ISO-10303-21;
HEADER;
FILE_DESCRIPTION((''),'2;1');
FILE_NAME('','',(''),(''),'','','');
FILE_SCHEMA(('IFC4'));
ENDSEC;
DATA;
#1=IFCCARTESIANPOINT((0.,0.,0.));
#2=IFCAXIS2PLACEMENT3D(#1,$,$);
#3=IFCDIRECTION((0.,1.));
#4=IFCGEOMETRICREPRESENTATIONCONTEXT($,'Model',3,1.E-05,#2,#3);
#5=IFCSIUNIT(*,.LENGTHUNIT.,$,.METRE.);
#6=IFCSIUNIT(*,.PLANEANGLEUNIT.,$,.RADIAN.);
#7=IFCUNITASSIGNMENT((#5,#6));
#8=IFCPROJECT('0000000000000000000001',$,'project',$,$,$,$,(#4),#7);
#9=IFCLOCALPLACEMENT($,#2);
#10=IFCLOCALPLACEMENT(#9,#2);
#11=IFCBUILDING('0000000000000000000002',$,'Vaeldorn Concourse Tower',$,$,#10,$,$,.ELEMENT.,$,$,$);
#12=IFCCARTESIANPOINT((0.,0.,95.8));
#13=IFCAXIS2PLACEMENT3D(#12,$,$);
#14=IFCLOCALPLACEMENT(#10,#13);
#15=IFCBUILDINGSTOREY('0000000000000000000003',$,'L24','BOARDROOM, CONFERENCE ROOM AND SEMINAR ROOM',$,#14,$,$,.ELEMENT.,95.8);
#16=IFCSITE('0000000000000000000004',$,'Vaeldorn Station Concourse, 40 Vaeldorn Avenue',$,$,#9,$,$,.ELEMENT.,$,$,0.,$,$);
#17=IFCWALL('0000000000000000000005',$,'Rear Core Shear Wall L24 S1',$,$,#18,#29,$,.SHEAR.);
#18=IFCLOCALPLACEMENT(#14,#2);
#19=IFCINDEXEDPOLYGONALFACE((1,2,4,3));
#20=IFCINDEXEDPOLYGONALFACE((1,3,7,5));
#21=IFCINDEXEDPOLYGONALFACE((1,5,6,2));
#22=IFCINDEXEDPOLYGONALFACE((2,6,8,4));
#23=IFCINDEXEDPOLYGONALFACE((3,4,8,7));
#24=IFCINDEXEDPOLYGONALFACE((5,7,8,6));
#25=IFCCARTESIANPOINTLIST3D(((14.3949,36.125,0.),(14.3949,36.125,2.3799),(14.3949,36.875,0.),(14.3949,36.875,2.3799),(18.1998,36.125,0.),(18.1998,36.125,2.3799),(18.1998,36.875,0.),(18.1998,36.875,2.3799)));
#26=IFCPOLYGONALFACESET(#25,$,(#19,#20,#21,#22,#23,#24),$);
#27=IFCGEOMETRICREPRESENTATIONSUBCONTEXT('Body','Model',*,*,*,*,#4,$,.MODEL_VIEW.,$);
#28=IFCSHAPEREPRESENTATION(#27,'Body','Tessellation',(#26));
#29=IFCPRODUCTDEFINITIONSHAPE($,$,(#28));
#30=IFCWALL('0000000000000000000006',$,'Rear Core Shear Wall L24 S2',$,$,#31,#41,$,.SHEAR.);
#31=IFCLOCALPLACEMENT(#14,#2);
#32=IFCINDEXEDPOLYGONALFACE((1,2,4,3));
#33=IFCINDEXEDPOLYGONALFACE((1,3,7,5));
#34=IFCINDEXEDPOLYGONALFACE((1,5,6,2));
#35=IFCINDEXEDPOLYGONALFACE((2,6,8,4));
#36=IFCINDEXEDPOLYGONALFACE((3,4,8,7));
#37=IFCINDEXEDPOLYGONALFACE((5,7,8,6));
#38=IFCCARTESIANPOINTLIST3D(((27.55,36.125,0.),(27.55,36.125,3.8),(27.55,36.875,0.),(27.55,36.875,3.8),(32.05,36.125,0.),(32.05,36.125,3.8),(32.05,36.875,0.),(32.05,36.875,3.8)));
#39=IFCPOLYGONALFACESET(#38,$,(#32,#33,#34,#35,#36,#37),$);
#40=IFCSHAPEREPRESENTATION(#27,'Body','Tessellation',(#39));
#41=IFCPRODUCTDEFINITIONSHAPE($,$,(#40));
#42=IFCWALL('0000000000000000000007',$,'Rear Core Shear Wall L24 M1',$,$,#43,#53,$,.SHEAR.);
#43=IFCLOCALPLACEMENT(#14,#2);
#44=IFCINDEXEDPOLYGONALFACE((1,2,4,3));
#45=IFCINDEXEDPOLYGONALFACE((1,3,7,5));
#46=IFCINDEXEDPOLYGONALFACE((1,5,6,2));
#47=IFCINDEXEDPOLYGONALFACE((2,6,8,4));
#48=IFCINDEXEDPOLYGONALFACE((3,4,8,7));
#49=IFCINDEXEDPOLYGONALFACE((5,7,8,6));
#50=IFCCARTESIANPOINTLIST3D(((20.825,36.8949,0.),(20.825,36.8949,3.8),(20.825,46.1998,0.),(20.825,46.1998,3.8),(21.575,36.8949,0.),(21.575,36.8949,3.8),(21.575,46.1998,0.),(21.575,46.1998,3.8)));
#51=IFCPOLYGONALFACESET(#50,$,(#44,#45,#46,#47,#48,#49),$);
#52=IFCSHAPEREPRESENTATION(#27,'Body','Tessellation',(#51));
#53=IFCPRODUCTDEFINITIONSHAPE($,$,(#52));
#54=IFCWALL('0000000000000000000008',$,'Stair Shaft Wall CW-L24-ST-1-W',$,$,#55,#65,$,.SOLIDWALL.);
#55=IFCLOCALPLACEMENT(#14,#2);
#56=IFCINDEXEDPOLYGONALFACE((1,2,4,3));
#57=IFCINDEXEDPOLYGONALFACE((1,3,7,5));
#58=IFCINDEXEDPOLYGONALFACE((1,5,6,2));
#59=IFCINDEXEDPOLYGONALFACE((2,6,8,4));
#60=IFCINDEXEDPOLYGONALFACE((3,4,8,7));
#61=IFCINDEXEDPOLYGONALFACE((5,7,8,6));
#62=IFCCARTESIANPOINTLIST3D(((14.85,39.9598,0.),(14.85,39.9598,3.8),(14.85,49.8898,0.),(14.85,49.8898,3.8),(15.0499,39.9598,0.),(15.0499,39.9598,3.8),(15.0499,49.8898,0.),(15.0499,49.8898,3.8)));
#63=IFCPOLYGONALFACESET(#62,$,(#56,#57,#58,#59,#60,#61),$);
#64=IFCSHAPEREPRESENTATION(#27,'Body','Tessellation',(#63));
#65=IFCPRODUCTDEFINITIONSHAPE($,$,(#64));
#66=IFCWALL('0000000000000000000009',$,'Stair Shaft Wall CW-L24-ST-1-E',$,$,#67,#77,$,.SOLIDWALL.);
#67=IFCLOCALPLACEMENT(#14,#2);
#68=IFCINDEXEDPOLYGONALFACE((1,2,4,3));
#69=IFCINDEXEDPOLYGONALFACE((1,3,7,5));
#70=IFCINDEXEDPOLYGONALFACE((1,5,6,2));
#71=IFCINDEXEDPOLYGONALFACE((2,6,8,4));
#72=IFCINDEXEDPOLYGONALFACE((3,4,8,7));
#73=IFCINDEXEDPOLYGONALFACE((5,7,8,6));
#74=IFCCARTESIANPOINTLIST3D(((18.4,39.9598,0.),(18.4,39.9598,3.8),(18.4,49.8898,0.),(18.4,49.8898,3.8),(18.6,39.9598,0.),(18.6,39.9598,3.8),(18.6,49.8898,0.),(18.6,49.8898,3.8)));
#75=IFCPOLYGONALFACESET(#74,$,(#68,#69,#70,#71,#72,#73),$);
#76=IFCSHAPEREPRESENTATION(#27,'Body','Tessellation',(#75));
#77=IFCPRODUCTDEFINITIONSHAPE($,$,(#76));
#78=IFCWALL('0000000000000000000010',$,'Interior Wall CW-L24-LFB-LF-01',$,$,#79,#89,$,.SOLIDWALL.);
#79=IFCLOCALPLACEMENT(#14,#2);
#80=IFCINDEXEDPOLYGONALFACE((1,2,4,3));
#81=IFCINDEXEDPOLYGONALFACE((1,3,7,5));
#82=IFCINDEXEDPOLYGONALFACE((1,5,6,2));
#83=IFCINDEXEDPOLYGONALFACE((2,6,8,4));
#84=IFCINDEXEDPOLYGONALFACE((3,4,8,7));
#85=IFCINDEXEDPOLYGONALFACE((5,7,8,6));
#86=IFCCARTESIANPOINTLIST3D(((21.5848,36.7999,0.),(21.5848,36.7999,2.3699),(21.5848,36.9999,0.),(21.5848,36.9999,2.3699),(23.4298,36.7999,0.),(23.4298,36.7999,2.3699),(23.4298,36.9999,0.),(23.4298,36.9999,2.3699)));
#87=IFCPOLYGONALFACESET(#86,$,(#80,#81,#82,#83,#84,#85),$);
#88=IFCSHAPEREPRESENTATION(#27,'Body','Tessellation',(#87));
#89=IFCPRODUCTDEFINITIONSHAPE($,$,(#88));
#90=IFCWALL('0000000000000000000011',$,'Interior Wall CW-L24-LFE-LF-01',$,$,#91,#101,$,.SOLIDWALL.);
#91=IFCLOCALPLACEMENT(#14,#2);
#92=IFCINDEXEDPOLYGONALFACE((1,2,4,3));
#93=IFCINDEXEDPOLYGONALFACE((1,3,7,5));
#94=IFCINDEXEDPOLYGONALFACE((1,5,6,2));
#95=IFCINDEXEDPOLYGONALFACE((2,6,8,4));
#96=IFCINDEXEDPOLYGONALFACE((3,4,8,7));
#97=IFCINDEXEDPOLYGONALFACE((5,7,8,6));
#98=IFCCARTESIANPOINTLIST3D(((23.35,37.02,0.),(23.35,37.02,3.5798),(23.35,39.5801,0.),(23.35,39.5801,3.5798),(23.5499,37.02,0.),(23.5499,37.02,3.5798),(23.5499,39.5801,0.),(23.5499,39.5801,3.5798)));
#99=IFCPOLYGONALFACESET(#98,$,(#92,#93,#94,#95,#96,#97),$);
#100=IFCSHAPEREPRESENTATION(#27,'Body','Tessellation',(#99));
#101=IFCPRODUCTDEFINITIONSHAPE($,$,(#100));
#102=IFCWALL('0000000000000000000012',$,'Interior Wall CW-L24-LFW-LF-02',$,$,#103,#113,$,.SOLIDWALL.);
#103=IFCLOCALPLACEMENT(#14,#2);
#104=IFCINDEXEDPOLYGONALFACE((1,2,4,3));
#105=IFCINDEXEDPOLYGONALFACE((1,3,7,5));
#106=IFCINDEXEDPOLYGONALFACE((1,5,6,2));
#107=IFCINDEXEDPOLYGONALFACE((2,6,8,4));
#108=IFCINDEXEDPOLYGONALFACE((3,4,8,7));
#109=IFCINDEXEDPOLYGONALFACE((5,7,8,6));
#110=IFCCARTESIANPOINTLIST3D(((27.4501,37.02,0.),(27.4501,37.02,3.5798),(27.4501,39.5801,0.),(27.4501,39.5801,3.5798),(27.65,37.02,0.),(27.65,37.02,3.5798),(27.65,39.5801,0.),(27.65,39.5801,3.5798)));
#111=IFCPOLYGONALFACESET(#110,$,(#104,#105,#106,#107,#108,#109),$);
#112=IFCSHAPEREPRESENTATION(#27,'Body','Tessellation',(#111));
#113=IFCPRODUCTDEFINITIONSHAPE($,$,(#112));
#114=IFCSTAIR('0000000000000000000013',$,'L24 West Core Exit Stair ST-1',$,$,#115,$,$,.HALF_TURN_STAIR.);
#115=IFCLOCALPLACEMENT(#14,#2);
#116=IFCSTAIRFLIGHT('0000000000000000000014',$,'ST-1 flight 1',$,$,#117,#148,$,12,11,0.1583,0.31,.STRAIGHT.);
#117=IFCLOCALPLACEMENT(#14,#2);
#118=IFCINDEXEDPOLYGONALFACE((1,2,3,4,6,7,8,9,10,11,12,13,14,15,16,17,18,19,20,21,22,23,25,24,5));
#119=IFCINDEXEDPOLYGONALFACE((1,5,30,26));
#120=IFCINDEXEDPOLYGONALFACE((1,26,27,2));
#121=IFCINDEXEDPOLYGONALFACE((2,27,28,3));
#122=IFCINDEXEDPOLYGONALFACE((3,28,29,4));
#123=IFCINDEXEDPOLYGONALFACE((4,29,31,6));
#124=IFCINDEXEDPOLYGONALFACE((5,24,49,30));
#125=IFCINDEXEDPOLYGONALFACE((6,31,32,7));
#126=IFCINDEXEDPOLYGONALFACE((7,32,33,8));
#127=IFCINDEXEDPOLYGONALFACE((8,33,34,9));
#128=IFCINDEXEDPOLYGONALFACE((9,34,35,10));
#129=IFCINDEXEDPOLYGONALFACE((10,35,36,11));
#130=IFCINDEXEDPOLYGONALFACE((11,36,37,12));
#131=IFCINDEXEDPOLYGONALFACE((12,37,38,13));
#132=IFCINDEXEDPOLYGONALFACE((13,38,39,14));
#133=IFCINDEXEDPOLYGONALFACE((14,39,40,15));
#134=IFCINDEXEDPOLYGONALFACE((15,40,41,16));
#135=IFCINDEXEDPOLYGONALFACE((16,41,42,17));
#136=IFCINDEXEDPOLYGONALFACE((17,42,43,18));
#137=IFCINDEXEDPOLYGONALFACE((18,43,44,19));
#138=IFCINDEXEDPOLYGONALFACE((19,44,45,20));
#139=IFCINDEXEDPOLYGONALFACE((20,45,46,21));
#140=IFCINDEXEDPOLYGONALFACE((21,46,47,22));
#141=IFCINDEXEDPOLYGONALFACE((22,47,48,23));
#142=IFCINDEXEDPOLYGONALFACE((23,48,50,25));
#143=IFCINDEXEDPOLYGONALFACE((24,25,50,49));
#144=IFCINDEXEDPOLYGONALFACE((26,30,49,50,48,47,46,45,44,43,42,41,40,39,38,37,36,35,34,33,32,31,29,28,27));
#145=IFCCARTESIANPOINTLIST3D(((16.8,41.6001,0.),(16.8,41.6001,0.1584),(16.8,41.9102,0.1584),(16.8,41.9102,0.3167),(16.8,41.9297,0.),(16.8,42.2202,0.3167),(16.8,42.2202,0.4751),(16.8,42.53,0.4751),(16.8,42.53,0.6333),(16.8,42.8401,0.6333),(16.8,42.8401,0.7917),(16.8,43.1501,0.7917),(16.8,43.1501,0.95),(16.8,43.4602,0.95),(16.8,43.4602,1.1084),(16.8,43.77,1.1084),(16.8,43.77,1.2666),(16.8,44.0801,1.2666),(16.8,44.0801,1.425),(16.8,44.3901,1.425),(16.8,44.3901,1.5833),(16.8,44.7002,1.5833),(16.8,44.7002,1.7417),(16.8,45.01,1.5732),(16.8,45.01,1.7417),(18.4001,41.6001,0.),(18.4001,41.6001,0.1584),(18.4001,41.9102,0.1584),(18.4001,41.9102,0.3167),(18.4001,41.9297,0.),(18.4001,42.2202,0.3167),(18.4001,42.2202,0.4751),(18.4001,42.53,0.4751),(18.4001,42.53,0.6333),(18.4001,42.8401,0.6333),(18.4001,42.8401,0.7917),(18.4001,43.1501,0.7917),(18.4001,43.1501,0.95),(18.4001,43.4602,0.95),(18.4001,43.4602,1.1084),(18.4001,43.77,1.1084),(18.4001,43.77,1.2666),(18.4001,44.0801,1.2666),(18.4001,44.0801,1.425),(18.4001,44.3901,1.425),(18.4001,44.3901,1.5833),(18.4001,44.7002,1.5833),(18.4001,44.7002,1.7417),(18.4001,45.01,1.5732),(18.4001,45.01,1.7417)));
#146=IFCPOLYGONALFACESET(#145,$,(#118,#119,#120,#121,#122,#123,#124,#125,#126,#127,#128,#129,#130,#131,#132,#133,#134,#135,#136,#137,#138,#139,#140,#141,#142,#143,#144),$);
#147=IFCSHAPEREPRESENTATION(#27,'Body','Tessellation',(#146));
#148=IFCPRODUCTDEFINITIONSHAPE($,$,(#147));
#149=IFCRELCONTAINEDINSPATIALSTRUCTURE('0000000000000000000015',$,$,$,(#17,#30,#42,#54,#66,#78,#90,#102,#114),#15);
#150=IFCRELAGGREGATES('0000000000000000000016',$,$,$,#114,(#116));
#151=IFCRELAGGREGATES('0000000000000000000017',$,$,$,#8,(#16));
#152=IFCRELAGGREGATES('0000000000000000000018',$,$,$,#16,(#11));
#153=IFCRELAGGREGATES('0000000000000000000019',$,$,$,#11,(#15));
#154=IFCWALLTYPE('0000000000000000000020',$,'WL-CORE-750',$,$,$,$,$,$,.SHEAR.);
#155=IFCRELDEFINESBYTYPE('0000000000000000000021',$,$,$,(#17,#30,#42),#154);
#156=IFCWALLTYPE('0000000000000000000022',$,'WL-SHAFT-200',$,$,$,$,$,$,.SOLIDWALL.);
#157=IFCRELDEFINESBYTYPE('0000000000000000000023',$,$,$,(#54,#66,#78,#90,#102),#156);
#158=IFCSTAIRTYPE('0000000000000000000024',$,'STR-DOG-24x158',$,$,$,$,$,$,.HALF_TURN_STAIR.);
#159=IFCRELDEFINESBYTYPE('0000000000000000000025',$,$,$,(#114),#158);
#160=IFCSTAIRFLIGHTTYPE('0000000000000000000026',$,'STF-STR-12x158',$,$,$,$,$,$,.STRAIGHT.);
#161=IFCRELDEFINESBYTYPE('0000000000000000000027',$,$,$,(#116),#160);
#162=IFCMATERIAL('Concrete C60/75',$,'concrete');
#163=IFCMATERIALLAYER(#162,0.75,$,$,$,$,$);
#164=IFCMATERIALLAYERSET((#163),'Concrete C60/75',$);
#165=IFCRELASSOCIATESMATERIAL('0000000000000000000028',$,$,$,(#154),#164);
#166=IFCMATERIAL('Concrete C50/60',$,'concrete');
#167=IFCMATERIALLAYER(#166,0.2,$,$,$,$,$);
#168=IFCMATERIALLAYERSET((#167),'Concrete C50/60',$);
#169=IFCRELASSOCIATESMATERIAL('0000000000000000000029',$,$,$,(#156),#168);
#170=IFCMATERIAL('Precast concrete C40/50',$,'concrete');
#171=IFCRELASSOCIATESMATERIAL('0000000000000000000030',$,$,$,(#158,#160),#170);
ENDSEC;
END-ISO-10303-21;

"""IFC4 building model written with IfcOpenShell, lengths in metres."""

from ifc_helpers import new_model, si_unit, direction, frame, frame_2d, origin, place, context, subcontext, project, spatial, polyline, rectangle, outline, extrude, material, layer, layer_set, type_object, element, aggregate, save


model = new_model("IFC4")

# Units and contexts
model_context = context("Model", 3, precision=1e-05, world=origin(), true_north=direction((0.0, 1.0)))
body_context = subcontext(model_context, "Body", "Model", "MODEL_VIEW")
ifc_project = project(units=[si_unit("LENGTHUNIT", "METRE"), si_unit("PLANEANGLEUNIT", "RADIAN")], contexts=[model_context])

# Site, building, storey
site_placement = place(None, origin())
site = spatial("IfcSite", under=ifc_project, at=site_placement, Name="Vaeldorn Station Concourse, 40 Vaeldorn Avenue", CompositionType="ELEMENT", RefElevation=0.0)
building_placement = place(site_placement, origin())
building = spatial("IfcBuilding", under=site, at=building_placement, Name="Vaeldorn Concourse Tower", CompositionType="ELEMENT")
storey_placement = place(building_placement, frame((0.0, 0.0, 95.8)))
storey = spatial("IfcBuildingStorey", under=building, at=storey_placement, Name="L24", Description="BOARDROOM, CONFERENCE ROOM AND SEMINAR ROOM", CompositionType="ELEMENT", Elevation=95.8)

# Walls
ifc_material_1 = material(Name="Concrete C60/75", Category="concrete")
ifc_layer_1 = layer(ifc_material_1, 0.75)
ifc_layer_set_1 = layer_set([ifc_layer_1], Name="Concrete C60/75")
wall_type_1 = type_object("IfcWallType", Name="WL-CORE-750", PredefinedType="SHEAR", material=ifc_layer_set_1)
wall_1_placement = place(storey_placement, frame((14.395, 36.5, 0.0), z_axis=(0.0, 0.0, 1.0), x_axis=(1.0, 0.0, 0.0)))
element("IfcWall", 1, at=wall_1_placement, inside=storey, type_object=wall_type_1, Name="Rear Core Shear Wall L24 S1", PredefinedType="SHEAR", context=body_context, shape_type="SweptSolid", body=[
    extrude(rectangle(XDim=3.8049, YDim=0.75, at=frame_2d((1.9023, 0.0))), origin(), (0.0, 0.0, 1.0), 2.3799),
])
wall_2_placement = place(storey_placement, frame((27.55, 36.5, 0.0), z_axis=(0.0, 0.0, 1.0), x_axis=(1.0, 0.0, 0.0)))
element("IfcWall", 2, at=wall_2_placement, inside=storey, type_object=wall_type_1, Name="Rear Core Shear Wall L24 S2", PredefinedType="SHEAR", context=body_context, shape_type="SweptSolid", body=[
    extrude(rectangle(XDim=4.5, YDim=0.75, at=frame_2d((2.25, 0.0))), origin(), (0.0, 0.0, 1.0), 3.8),
])
wall_3_placement = place(storey_placement, frame((21.2, 36.895, 0.0), z_axis=(0.0, 0.0, 1.0), x_axis=(0.0, 1.0, 0.0)))
element("IfcWall", 3, at=wall_3_placement, inside=storey, type_object=wall_type_1, Name="Rear Core Shear Wall L24 M1", PredefinedType="SHEAR", context=body_context, shape_type="SweptSolid", body=[
    extrude(rectangle(XDim=9.3049, YDim=0.75, at=frame_2d((4.6523, 0.0))), origin(), (0.0, 0.0, 1.0), 3.8),
])
ifc_material_2 = material(Name="Concrete C50/60", Category="concrete")
ifc_layer_2 = layer(ifc_material_2, 0.2)
ifc_layer_set_2 = layer_set([ifc_layer_2], Name="Concrete C50/60")
wall_type_2 = type_object("IfcWallType", Name="WL-SHAFT-200", PredefinedType="SOLIDWALL", material=ifc_layer_set_2)
for number, where, z_axis, x_axis, name in (
    (4, (14.95, 39.96, 0.0), (0.0, 0.0, 1.0), (0.0, 1.0, 0.0), "Stair Shaft Wall CW-L24-ST-1-W"),
    (5, (18.5, 39.96, 0.0), (0.0, 0.0, 1.0), (0.0, 1.0, 0.0), "Stair Shaft Wall CW-L24-ST-1-E"),
):
    element("IfcWall", number, at=place(storey_placement, frame(where, z_axis=z_axis, x_axis=x_axis)), inside=storey, type_object=wall_type_2, Name=name, PredefinedType="SOLIDWALL", context=body_context, shape_type="SweptSolid", body=[
        extrude(rectangle(XDim=9.9299, YDim=0.2, at=frame_2d((4.9648, 0.0))), origin(), (0.0, 0.0, 1.0), 3.8),
    ])

# Walls
wall_4_placement = place(storey_placement, frame((21.585, 36.8999, 0.0), z_axis=(0.0, 0.0, 1.0), x_axis=(1.0, 0.0, 0.0)))
element("IfcWall", 6, at=wall_4_placement, inside=storey, type_object=wall_type_2, Name="Interior Wall CW-L24-LFB-LF-01", PredefinedType="SOLIDWALL", context=body_context, shape_type="SweptSolid", body=[
    extrude(rectangle(XDim=1.845, YDim=0.2, at=frame_2d((0.9224, 0.0))), origin(), (0.0, 0.0, 1.0), 2.3699),
])
wall_5_placement = place(storey_placement, frame((23.45, 37.02, 0.0), z_axis=(0.0, 0.0, 1.0), x_axis=(0.0, 1.0, 0.0)))
element("IfcWall", 7, at=wall_5_placement, inside=storey, type_object=wall_type_2, Name="Interior Wall CW-L24-LFE-LF-01", PredefinedType="SOLIDWALL", context=body_context, shape_type="SweptSolid", body=[
    extrude(rectangle(XDim=2.5601, YDim=0.2, at=frame_2d((1.28, 0.0))), origin(), (0.0, 0.0, 1.0), 3.5798),
])

# Wall
wall_6_placement = place(storey_placement, frame((27.55, 37.02, 0.0), z_axis=(0.0, 0.0, 1.0), x_axis=(0.0, 1.0, 0.0)))
element("IfcWall", 8, at=wall_6_placement, inside=storey, type_object=wall_type_2, Name="Interior Wall CW-L24-LFW-LF-02", PredefinedType="SOLIDWALL", context=body_context, shape_type="SweptSolid", body=[
    extrude(rectangle(XDim=2.5601, YDim=0.2, at=frame_2d((1.28, 0.0))), origin(), (0.0, 0.0, 1.0), 3.5798),
])

# Stair, stair flight
ifc_material_3 = material(Name="Precast concrete C40/50", Category="concrete")
stair_type = type_object("IfcStairType", Name="STR-DOG-24x158", PredefinedType="HALF_TURN_STAIR", material=ifc_material_3)
stair_placement = place(storey_placement, origin())
stair = element("IfcStair", 9, at=stair_placement, inside=storey, type_object=stair_type, Name="L24 West Core Exit Stair ST-1", PredefinedType="HALF_TURN_STAIR")
stair_flight_type = type_object("IfcStairFlightType", Name="STF-STR-12x158", PredefinedType="STRAIGHT", material=ifc_material_3)
stair_flight_placement = place(storey_placement, frame((17.6001, 41.6001, 0.0), z_axis=(0.0, 0.0, 1.0), x_axis=(0.0, 1.0, 0.0)))
stair_flight = element("IfcStairFlight", 10, at=stair_flight_placement, type_object=stair_flight_type, Name="ST-1 flight 1", NumberOfRisers=12, NumberOfTreads=11, PredefinedType="STRAIGHT", RiserHeight=0.1583, TreadLength=0.31, context=body_context, shape_type="SweptSolid", body=[
    extrude(outline(polyline([(0.0, 0.0), (0.0, 0.1584), (0.3101, 0.1584), (0.3101, 0.3167), (0.6201, 0.3167), (0.6201, 0.4751), (0.9299, 0.4751), (0.9299, 0.6333), (1.24, 0.6333), (1.24, 0.7917), (1.55, 0.7917), (1.55, 0.95), (1.8601, 0.95), (1.8601, 1.1084), (2.1699, 1.1084), (2.1699, 1.2666), (2.48, 1.2666), (2.48, 1.425), (2.79, 1.425), (2.79, 1.5833), (3.1001, 1.5833), (3.1001, 1.7417), (3.4099, 1.7417), (3.4099, 1.8999), (3.4099, 1.5732), (0.3296, 0.0), (0.0, 0.0)])), frame((0.0, 0.8, 0.0), z_axis=(0.0, -1.0, 0.0), x_axis=(1.0, 0.0, 0.0)), (0.0, 0.0, 1.0), 1.6001),
])
aggregate(stair, [stair_flight])

save(model, "model.ifc")
